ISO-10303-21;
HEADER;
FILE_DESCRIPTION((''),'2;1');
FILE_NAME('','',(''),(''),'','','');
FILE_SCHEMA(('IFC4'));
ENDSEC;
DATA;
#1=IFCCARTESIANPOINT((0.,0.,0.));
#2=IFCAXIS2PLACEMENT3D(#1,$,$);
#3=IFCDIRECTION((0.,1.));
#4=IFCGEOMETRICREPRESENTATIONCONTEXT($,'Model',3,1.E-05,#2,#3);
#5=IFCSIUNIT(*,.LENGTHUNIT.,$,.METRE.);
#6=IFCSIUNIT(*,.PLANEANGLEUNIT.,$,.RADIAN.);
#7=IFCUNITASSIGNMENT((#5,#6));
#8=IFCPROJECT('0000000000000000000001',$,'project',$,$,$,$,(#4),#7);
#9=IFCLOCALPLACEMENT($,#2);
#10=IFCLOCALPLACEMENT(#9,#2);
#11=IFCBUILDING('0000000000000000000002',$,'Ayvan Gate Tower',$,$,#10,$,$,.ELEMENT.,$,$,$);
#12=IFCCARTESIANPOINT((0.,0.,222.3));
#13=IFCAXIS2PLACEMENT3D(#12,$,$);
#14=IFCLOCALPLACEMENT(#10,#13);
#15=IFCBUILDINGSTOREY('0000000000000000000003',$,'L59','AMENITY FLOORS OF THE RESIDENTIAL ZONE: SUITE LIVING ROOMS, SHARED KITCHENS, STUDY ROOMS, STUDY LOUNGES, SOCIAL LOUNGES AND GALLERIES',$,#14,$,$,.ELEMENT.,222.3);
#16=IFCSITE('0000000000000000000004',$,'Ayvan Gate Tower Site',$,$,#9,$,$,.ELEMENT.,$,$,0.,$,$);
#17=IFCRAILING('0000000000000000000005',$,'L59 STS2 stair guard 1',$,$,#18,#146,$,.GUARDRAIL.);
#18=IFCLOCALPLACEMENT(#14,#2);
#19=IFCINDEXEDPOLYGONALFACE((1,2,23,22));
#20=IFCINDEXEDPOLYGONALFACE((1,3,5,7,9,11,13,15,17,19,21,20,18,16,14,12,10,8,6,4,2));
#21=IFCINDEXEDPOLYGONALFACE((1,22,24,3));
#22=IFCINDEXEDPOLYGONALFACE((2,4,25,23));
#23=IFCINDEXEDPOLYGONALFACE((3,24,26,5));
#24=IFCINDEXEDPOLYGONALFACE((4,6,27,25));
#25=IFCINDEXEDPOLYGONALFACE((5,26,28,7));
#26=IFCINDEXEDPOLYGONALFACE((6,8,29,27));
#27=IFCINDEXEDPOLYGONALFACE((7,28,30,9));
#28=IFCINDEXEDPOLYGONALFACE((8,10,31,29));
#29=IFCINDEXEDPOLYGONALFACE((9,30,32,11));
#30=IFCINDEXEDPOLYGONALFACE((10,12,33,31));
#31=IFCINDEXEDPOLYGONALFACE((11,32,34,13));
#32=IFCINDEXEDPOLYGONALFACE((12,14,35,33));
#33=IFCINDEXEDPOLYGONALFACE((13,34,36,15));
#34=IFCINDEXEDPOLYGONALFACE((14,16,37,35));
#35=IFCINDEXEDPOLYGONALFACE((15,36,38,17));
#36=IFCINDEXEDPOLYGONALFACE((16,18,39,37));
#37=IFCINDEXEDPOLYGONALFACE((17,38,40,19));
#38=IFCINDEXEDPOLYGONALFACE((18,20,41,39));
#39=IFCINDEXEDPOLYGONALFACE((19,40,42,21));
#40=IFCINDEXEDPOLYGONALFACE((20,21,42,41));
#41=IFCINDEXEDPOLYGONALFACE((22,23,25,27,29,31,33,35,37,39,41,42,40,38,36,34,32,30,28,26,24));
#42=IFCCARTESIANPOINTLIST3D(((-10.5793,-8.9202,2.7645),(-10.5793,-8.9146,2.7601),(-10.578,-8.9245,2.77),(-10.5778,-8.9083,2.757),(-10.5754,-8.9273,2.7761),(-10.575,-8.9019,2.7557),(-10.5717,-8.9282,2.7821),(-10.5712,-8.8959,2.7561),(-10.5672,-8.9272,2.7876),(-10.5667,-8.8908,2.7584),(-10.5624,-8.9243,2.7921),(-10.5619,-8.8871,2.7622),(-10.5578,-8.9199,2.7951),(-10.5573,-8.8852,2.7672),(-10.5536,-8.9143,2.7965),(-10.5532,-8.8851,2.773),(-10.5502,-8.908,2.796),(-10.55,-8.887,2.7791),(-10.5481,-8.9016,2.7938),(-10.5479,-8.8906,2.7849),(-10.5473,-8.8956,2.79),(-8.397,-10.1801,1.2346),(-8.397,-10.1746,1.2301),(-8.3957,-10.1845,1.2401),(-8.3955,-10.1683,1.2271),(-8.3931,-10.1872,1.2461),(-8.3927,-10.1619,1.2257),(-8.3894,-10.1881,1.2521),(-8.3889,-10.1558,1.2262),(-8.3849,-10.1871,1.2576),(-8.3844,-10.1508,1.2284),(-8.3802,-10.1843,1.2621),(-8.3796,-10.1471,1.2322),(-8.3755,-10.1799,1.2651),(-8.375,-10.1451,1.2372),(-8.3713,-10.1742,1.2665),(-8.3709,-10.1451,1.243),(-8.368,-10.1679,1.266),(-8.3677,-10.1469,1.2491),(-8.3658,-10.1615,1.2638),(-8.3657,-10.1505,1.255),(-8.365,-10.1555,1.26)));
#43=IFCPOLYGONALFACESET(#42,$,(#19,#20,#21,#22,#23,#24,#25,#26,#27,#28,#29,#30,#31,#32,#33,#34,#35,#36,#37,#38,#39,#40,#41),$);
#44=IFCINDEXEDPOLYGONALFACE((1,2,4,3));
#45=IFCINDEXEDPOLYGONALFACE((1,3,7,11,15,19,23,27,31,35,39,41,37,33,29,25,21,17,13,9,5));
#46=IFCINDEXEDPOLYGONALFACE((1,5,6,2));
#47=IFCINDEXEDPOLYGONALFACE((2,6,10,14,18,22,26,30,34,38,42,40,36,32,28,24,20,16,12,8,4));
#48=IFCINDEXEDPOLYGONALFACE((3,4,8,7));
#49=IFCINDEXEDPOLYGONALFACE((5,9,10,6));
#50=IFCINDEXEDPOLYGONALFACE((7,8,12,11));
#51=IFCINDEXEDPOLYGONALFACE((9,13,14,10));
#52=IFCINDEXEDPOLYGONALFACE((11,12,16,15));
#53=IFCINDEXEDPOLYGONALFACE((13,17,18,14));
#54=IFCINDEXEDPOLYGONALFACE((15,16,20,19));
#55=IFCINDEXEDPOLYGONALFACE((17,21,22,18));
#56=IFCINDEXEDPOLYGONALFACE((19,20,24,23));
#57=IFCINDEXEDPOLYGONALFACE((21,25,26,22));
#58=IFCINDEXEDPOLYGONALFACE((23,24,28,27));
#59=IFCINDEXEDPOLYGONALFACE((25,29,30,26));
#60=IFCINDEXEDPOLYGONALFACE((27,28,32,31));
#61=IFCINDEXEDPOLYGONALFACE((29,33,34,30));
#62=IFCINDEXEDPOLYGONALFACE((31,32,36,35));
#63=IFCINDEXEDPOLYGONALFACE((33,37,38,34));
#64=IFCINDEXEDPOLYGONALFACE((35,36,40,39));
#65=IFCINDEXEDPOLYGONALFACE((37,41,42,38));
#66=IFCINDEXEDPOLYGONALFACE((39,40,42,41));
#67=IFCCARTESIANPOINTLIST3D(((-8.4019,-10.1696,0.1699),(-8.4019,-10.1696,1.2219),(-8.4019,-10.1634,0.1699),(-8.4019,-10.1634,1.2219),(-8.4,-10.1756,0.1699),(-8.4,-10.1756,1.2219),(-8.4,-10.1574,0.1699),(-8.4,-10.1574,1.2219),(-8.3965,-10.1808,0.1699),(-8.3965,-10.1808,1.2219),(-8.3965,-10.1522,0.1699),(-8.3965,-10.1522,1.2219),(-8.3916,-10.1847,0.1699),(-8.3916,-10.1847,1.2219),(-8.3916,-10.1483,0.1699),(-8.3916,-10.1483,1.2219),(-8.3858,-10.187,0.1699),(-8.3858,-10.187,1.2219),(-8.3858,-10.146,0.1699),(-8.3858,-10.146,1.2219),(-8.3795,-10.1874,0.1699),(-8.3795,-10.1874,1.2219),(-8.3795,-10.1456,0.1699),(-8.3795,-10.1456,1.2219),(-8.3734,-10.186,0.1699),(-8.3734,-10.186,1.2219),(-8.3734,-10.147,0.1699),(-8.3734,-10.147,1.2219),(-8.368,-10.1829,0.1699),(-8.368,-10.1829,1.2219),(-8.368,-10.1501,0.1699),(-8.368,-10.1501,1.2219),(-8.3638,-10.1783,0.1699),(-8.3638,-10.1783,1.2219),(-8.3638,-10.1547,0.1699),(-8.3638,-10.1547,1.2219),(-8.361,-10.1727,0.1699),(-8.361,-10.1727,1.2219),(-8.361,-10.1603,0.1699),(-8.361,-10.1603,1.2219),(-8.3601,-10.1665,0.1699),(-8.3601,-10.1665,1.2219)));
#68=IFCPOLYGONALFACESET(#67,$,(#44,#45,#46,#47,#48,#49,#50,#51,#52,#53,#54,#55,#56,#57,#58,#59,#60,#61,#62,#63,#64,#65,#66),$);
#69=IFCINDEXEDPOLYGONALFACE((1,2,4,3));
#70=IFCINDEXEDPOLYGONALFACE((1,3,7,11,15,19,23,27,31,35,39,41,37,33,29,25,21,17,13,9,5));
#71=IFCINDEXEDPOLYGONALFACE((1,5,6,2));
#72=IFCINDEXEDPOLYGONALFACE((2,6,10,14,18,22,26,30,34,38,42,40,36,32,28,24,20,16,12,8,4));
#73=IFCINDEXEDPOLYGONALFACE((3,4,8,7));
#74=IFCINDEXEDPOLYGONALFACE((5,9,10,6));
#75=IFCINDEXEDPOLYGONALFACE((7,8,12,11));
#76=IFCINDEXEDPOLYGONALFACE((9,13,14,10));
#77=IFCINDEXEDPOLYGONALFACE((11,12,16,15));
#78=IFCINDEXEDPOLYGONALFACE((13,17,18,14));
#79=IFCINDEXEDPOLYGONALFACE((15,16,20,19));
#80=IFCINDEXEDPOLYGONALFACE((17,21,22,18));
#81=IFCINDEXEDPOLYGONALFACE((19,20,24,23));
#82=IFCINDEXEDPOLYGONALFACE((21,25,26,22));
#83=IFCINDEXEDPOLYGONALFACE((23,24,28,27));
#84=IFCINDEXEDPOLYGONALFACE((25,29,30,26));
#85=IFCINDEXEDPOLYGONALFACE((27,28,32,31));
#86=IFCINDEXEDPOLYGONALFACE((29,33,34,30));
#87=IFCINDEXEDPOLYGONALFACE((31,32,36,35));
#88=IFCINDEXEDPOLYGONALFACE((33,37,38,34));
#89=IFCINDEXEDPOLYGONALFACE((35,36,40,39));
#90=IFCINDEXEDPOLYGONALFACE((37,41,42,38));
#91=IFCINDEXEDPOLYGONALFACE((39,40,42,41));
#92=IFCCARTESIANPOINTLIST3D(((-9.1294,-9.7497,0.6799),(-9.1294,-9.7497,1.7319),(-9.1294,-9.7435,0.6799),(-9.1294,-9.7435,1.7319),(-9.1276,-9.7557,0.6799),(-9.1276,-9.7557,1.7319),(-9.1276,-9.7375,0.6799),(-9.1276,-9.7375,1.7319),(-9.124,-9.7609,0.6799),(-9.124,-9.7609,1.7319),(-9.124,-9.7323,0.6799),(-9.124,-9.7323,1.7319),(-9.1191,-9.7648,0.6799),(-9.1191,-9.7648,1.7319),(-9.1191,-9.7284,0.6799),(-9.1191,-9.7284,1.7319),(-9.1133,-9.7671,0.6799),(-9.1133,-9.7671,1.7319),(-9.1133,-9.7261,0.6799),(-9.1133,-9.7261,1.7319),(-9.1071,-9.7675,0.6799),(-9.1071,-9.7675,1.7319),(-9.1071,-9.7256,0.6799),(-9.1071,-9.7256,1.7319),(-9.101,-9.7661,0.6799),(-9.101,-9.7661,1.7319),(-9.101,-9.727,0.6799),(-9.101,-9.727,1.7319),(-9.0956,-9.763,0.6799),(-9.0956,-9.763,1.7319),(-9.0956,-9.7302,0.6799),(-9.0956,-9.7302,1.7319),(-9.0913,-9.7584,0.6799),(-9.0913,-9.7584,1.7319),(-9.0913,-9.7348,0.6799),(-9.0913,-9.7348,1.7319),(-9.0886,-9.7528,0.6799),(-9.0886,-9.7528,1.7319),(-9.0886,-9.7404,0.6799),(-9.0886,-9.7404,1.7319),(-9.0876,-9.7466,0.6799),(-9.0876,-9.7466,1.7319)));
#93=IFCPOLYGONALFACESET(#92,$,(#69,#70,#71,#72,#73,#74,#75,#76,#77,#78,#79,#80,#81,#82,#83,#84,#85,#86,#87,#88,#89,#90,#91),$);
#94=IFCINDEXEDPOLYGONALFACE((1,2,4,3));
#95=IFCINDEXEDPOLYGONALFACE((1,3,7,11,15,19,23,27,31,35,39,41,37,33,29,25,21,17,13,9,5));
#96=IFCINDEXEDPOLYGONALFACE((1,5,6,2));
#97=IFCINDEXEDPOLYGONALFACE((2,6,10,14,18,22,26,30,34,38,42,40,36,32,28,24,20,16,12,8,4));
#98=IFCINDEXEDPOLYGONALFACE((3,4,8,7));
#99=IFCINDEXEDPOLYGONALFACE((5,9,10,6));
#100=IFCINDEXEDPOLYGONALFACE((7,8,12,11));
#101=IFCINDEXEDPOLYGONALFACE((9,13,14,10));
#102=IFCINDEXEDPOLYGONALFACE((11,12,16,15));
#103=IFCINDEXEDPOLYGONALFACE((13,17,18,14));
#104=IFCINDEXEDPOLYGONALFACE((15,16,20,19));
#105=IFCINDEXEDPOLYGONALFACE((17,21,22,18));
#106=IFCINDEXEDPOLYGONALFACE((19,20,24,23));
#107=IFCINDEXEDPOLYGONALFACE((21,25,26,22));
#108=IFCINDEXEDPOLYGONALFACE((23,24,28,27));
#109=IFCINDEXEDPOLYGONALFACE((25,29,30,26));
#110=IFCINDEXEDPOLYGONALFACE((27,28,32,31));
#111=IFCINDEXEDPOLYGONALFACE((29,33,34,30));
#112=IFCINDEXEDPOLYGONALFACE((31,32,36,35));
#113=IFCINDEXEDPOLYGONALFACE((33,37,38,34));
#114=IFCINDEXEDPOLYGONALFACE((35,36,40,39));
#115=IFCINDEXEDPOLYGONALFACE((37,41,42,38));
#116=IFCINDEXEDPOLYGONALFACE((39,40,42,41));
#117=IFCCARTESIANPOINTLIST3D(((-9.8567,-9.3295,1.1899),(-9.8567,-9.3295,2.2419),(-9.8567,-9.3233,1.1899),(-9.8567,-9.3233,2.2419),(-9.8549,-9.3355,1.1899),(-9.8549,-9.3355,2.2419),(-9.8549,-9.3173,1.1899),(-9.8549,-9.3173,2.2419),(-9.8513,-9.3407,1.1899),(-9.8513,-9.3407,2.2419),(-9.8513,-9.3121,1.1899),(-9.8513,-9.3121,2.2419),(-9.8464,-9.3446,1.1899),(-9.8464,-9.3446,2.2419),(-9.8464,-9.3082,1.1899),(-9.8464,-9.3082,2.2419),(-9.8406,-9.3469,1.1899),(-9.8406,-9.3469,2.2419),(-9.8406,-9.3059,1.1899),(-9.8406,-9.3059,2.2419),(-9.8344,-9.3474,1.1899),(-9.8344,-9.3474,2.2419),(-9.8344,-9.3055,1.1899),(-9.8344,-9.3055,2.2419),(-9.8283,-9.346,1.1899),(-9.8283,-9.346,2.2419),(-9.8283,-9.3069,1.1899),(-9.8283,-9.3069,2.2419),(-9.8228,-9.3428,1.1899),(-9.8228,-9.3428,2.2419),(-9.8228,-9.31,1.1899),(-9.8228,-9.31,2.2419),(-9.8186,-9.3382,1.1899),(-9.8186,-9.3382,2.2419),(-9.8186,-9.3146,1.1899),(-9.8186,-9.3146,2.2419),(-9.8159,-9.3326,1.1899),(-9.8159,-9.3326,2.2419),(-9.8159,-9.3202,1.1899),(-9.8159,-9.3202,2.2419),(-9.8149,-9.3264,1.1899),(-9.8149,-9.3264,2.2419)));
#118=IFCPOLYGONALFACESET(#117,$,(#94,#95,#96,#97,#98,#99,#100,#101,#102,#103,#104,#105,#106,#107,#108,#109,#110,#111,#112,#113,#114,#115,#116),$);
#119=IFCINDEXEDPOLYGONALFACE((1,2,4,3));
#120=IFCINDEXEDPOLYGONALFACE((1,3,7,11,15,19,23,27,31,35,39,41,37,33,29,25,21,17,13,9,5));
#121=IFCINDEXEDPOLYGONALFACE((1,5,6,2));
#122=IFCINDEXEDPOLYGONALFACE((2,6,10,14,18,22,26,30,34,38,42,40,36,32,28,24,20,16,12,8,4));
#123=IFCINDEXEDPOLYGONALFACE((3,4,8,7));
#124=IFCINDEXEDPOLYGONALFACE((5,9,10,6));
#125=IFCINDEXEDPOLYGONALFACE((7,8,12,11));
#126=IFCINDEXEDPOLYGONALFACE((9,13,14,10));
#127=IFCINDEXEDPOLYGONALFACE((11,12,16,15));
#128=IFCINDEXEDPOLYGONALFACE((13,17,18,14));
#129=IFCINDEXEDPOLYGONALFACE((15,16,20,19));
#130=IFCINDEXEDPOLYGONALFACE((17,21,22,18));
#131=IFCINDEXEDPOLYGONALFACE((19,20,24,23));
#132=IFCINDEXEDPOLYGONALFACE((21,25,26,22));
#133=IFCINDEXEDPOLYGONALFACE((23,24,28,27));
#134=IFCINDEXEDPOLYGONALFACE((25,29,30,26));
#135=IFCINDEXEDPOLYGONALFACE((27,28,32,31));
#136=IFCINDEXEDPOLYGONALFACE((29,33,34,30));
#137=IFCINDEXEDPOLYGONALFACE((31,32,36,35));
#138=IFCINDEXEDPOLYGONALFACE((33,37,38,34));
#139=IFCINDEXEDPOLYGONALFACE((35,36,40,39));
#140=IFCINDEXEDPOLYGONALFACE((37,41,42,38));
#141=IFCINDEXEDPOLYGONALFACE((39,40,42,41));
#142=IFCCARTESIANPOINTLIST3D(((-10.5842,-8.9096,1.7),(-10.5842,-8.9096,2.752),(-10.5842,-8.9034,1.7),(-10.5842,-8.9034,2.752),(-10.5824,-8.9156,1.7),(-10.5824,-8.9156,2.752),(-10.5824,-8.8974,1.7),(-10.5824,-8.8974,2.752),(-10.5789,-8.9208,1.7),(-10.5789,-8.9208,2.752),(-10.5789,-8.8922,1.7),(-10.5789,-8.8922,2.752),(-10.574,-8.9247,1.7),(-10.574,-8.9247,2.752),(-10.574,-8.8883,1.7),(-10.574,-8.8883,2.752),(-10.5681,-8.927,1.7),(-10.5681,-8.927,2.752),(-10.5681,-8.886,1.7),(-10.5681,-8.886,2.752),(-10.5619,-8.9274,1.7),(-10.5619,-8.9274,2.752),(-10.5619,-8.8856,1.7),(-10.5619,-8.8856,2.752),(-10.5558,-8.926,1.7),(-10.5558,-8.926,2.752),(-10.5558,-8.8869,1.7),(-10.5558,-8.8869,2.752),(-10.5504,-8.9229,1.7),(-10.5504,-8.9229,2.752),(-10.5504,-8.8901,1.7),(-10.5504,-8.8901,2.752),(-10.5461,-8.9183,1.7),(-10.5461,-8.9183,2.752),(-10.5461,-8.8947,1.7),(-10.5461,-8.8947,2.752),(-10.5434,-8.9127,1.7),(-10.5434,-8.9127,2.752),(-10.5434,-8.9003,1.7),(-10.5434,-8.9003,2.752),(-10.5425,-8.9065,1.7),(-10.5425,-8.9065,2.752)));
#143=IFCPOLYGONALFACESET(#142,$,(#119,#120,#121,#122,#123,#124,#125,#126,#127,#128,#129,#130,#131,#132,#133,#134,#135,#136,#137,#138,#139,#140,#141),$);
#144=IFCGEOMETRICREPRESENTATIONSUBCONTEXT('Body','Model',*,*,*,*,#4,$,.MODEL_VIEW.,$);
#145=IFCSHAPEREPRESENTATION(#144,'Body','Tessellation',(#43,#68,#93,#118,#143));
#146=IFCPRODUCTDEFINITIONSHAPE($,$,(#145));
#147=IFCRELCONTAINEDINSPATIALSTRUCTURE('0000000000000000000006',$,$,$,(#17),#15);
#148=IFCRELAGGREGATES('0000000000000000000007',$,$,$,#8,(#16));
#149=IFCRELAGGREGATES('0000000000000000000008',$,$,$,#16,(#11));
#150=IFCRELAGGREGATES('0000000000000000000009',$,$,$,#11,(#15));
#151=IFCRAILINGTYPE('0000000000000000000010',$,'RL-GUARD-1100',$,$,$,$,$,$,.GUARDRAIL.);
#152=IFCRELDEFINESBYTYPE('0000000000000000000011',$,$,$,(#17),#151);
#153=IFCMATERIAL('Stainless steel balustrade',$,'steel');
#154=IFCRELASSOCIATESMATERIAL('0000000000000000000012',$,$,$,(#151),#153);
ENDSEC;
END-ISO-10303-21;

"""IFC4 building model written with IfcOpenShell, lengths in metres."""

from ifc_helpers import new_model, si_unit, direction, frame, origin, origin_2d, place, context, subcontext, project, spatial, circle, extrude, material, type_object, element, save


model = new_model("IFC4")

# Units and contexts
model_context = context("Model", 3, precision=1e-05, world=origin(), true_north=direction((0.0, 1.0)))
body_context = subcontext(model_context, "Body", "Model", "MODEL_VIEW")
ifc_project = project(units=[si_unit("LENGTHUNIT", "METRE"), si_unit("PLANEANGLEUNIT", "RADIAN")], contexts=[model_context])

# Site, building, storey
site_placement = place(None, origin())
site = spatial("IfcSite", under=ifc_project, at=site_placement, Name="Ayvan Gate Tower Site", CompositionType="ELEMENT", RefElevation=0.0)
building_placement = place(site_placement, origin())
building = spatial("IfcBuilding", under=site, at=building_placement, Name="Ayvan Gate Tower", CompositionType="ELEMENT")
storey_placement = place(building_placement, frame((0.0, 0.0, 222.3)))
storey = spatial("IfcBuildingStorey", under=building, at=storey_placement, Name="L59", Description="AMENITY FLOORS OF THE RESIDENTIAL ZONE: SUITE LIVING ROOMS, SHARED KITCHENS, STUDY ROOMS, STUDY LOUNGES, SOCIAL LOUNGES AND GALLERIES", CompositionType="ELEMENT", Elevation=222.3)

# Railing
ifc_material_1 = material(Name="Stainless steel balustrade", Category="steel")
railing_type_1 = type_object("IfcRailingType", Name="RL-GUARD-1100", PredefinedType="GUARDRAIL", material=ifc_material_1)
railing_1_placement = place(storey_placement, frame((-8.3811, -10.1665, 0.1699)))
element("IfcRailing", 1, at=railing_1_placement, inside=storey, type_object=railing_type_1, Name="L59 STS2 stair guard 1", PredefinedType="GUARDRAIL", context=body_context, shape_type="SweptSolid", body=[
    extrude(circle(Radius=0.0239, at=origin_2d()), frame((0.0, 0.0, 1.0762), z_axis=(-0.740261, 0.427395, 0.518986), x_axis=(-0.500005, -0.866023, 0.0)), (0.0, 0.0, 1.0), 2.948),
    extrude(circle(Radius=0.021, at=origin_2d()), origin(), (0.0, 0.0, 1.0), 1.052),
    extrude(circle(Radius=0.021, at=origin_2d()), frame((-0.7275, 0.4199, 0.51)), (0.0, 0.0, 1.0), 1.052),
    extrude(circle(Radius=0.021, at=origin_2d()), frame((-1.4548, 0.8401, 1.02)), (0.0, 0.0, 1.0), 1.052),
    extrude(circle(Radius=0.021, at=origin_2d()), frame((-2.1824, 1.26, 1.53)), (0.0, 0.0, 1.0), 1.052),
])

save(model, "model.ifc")
